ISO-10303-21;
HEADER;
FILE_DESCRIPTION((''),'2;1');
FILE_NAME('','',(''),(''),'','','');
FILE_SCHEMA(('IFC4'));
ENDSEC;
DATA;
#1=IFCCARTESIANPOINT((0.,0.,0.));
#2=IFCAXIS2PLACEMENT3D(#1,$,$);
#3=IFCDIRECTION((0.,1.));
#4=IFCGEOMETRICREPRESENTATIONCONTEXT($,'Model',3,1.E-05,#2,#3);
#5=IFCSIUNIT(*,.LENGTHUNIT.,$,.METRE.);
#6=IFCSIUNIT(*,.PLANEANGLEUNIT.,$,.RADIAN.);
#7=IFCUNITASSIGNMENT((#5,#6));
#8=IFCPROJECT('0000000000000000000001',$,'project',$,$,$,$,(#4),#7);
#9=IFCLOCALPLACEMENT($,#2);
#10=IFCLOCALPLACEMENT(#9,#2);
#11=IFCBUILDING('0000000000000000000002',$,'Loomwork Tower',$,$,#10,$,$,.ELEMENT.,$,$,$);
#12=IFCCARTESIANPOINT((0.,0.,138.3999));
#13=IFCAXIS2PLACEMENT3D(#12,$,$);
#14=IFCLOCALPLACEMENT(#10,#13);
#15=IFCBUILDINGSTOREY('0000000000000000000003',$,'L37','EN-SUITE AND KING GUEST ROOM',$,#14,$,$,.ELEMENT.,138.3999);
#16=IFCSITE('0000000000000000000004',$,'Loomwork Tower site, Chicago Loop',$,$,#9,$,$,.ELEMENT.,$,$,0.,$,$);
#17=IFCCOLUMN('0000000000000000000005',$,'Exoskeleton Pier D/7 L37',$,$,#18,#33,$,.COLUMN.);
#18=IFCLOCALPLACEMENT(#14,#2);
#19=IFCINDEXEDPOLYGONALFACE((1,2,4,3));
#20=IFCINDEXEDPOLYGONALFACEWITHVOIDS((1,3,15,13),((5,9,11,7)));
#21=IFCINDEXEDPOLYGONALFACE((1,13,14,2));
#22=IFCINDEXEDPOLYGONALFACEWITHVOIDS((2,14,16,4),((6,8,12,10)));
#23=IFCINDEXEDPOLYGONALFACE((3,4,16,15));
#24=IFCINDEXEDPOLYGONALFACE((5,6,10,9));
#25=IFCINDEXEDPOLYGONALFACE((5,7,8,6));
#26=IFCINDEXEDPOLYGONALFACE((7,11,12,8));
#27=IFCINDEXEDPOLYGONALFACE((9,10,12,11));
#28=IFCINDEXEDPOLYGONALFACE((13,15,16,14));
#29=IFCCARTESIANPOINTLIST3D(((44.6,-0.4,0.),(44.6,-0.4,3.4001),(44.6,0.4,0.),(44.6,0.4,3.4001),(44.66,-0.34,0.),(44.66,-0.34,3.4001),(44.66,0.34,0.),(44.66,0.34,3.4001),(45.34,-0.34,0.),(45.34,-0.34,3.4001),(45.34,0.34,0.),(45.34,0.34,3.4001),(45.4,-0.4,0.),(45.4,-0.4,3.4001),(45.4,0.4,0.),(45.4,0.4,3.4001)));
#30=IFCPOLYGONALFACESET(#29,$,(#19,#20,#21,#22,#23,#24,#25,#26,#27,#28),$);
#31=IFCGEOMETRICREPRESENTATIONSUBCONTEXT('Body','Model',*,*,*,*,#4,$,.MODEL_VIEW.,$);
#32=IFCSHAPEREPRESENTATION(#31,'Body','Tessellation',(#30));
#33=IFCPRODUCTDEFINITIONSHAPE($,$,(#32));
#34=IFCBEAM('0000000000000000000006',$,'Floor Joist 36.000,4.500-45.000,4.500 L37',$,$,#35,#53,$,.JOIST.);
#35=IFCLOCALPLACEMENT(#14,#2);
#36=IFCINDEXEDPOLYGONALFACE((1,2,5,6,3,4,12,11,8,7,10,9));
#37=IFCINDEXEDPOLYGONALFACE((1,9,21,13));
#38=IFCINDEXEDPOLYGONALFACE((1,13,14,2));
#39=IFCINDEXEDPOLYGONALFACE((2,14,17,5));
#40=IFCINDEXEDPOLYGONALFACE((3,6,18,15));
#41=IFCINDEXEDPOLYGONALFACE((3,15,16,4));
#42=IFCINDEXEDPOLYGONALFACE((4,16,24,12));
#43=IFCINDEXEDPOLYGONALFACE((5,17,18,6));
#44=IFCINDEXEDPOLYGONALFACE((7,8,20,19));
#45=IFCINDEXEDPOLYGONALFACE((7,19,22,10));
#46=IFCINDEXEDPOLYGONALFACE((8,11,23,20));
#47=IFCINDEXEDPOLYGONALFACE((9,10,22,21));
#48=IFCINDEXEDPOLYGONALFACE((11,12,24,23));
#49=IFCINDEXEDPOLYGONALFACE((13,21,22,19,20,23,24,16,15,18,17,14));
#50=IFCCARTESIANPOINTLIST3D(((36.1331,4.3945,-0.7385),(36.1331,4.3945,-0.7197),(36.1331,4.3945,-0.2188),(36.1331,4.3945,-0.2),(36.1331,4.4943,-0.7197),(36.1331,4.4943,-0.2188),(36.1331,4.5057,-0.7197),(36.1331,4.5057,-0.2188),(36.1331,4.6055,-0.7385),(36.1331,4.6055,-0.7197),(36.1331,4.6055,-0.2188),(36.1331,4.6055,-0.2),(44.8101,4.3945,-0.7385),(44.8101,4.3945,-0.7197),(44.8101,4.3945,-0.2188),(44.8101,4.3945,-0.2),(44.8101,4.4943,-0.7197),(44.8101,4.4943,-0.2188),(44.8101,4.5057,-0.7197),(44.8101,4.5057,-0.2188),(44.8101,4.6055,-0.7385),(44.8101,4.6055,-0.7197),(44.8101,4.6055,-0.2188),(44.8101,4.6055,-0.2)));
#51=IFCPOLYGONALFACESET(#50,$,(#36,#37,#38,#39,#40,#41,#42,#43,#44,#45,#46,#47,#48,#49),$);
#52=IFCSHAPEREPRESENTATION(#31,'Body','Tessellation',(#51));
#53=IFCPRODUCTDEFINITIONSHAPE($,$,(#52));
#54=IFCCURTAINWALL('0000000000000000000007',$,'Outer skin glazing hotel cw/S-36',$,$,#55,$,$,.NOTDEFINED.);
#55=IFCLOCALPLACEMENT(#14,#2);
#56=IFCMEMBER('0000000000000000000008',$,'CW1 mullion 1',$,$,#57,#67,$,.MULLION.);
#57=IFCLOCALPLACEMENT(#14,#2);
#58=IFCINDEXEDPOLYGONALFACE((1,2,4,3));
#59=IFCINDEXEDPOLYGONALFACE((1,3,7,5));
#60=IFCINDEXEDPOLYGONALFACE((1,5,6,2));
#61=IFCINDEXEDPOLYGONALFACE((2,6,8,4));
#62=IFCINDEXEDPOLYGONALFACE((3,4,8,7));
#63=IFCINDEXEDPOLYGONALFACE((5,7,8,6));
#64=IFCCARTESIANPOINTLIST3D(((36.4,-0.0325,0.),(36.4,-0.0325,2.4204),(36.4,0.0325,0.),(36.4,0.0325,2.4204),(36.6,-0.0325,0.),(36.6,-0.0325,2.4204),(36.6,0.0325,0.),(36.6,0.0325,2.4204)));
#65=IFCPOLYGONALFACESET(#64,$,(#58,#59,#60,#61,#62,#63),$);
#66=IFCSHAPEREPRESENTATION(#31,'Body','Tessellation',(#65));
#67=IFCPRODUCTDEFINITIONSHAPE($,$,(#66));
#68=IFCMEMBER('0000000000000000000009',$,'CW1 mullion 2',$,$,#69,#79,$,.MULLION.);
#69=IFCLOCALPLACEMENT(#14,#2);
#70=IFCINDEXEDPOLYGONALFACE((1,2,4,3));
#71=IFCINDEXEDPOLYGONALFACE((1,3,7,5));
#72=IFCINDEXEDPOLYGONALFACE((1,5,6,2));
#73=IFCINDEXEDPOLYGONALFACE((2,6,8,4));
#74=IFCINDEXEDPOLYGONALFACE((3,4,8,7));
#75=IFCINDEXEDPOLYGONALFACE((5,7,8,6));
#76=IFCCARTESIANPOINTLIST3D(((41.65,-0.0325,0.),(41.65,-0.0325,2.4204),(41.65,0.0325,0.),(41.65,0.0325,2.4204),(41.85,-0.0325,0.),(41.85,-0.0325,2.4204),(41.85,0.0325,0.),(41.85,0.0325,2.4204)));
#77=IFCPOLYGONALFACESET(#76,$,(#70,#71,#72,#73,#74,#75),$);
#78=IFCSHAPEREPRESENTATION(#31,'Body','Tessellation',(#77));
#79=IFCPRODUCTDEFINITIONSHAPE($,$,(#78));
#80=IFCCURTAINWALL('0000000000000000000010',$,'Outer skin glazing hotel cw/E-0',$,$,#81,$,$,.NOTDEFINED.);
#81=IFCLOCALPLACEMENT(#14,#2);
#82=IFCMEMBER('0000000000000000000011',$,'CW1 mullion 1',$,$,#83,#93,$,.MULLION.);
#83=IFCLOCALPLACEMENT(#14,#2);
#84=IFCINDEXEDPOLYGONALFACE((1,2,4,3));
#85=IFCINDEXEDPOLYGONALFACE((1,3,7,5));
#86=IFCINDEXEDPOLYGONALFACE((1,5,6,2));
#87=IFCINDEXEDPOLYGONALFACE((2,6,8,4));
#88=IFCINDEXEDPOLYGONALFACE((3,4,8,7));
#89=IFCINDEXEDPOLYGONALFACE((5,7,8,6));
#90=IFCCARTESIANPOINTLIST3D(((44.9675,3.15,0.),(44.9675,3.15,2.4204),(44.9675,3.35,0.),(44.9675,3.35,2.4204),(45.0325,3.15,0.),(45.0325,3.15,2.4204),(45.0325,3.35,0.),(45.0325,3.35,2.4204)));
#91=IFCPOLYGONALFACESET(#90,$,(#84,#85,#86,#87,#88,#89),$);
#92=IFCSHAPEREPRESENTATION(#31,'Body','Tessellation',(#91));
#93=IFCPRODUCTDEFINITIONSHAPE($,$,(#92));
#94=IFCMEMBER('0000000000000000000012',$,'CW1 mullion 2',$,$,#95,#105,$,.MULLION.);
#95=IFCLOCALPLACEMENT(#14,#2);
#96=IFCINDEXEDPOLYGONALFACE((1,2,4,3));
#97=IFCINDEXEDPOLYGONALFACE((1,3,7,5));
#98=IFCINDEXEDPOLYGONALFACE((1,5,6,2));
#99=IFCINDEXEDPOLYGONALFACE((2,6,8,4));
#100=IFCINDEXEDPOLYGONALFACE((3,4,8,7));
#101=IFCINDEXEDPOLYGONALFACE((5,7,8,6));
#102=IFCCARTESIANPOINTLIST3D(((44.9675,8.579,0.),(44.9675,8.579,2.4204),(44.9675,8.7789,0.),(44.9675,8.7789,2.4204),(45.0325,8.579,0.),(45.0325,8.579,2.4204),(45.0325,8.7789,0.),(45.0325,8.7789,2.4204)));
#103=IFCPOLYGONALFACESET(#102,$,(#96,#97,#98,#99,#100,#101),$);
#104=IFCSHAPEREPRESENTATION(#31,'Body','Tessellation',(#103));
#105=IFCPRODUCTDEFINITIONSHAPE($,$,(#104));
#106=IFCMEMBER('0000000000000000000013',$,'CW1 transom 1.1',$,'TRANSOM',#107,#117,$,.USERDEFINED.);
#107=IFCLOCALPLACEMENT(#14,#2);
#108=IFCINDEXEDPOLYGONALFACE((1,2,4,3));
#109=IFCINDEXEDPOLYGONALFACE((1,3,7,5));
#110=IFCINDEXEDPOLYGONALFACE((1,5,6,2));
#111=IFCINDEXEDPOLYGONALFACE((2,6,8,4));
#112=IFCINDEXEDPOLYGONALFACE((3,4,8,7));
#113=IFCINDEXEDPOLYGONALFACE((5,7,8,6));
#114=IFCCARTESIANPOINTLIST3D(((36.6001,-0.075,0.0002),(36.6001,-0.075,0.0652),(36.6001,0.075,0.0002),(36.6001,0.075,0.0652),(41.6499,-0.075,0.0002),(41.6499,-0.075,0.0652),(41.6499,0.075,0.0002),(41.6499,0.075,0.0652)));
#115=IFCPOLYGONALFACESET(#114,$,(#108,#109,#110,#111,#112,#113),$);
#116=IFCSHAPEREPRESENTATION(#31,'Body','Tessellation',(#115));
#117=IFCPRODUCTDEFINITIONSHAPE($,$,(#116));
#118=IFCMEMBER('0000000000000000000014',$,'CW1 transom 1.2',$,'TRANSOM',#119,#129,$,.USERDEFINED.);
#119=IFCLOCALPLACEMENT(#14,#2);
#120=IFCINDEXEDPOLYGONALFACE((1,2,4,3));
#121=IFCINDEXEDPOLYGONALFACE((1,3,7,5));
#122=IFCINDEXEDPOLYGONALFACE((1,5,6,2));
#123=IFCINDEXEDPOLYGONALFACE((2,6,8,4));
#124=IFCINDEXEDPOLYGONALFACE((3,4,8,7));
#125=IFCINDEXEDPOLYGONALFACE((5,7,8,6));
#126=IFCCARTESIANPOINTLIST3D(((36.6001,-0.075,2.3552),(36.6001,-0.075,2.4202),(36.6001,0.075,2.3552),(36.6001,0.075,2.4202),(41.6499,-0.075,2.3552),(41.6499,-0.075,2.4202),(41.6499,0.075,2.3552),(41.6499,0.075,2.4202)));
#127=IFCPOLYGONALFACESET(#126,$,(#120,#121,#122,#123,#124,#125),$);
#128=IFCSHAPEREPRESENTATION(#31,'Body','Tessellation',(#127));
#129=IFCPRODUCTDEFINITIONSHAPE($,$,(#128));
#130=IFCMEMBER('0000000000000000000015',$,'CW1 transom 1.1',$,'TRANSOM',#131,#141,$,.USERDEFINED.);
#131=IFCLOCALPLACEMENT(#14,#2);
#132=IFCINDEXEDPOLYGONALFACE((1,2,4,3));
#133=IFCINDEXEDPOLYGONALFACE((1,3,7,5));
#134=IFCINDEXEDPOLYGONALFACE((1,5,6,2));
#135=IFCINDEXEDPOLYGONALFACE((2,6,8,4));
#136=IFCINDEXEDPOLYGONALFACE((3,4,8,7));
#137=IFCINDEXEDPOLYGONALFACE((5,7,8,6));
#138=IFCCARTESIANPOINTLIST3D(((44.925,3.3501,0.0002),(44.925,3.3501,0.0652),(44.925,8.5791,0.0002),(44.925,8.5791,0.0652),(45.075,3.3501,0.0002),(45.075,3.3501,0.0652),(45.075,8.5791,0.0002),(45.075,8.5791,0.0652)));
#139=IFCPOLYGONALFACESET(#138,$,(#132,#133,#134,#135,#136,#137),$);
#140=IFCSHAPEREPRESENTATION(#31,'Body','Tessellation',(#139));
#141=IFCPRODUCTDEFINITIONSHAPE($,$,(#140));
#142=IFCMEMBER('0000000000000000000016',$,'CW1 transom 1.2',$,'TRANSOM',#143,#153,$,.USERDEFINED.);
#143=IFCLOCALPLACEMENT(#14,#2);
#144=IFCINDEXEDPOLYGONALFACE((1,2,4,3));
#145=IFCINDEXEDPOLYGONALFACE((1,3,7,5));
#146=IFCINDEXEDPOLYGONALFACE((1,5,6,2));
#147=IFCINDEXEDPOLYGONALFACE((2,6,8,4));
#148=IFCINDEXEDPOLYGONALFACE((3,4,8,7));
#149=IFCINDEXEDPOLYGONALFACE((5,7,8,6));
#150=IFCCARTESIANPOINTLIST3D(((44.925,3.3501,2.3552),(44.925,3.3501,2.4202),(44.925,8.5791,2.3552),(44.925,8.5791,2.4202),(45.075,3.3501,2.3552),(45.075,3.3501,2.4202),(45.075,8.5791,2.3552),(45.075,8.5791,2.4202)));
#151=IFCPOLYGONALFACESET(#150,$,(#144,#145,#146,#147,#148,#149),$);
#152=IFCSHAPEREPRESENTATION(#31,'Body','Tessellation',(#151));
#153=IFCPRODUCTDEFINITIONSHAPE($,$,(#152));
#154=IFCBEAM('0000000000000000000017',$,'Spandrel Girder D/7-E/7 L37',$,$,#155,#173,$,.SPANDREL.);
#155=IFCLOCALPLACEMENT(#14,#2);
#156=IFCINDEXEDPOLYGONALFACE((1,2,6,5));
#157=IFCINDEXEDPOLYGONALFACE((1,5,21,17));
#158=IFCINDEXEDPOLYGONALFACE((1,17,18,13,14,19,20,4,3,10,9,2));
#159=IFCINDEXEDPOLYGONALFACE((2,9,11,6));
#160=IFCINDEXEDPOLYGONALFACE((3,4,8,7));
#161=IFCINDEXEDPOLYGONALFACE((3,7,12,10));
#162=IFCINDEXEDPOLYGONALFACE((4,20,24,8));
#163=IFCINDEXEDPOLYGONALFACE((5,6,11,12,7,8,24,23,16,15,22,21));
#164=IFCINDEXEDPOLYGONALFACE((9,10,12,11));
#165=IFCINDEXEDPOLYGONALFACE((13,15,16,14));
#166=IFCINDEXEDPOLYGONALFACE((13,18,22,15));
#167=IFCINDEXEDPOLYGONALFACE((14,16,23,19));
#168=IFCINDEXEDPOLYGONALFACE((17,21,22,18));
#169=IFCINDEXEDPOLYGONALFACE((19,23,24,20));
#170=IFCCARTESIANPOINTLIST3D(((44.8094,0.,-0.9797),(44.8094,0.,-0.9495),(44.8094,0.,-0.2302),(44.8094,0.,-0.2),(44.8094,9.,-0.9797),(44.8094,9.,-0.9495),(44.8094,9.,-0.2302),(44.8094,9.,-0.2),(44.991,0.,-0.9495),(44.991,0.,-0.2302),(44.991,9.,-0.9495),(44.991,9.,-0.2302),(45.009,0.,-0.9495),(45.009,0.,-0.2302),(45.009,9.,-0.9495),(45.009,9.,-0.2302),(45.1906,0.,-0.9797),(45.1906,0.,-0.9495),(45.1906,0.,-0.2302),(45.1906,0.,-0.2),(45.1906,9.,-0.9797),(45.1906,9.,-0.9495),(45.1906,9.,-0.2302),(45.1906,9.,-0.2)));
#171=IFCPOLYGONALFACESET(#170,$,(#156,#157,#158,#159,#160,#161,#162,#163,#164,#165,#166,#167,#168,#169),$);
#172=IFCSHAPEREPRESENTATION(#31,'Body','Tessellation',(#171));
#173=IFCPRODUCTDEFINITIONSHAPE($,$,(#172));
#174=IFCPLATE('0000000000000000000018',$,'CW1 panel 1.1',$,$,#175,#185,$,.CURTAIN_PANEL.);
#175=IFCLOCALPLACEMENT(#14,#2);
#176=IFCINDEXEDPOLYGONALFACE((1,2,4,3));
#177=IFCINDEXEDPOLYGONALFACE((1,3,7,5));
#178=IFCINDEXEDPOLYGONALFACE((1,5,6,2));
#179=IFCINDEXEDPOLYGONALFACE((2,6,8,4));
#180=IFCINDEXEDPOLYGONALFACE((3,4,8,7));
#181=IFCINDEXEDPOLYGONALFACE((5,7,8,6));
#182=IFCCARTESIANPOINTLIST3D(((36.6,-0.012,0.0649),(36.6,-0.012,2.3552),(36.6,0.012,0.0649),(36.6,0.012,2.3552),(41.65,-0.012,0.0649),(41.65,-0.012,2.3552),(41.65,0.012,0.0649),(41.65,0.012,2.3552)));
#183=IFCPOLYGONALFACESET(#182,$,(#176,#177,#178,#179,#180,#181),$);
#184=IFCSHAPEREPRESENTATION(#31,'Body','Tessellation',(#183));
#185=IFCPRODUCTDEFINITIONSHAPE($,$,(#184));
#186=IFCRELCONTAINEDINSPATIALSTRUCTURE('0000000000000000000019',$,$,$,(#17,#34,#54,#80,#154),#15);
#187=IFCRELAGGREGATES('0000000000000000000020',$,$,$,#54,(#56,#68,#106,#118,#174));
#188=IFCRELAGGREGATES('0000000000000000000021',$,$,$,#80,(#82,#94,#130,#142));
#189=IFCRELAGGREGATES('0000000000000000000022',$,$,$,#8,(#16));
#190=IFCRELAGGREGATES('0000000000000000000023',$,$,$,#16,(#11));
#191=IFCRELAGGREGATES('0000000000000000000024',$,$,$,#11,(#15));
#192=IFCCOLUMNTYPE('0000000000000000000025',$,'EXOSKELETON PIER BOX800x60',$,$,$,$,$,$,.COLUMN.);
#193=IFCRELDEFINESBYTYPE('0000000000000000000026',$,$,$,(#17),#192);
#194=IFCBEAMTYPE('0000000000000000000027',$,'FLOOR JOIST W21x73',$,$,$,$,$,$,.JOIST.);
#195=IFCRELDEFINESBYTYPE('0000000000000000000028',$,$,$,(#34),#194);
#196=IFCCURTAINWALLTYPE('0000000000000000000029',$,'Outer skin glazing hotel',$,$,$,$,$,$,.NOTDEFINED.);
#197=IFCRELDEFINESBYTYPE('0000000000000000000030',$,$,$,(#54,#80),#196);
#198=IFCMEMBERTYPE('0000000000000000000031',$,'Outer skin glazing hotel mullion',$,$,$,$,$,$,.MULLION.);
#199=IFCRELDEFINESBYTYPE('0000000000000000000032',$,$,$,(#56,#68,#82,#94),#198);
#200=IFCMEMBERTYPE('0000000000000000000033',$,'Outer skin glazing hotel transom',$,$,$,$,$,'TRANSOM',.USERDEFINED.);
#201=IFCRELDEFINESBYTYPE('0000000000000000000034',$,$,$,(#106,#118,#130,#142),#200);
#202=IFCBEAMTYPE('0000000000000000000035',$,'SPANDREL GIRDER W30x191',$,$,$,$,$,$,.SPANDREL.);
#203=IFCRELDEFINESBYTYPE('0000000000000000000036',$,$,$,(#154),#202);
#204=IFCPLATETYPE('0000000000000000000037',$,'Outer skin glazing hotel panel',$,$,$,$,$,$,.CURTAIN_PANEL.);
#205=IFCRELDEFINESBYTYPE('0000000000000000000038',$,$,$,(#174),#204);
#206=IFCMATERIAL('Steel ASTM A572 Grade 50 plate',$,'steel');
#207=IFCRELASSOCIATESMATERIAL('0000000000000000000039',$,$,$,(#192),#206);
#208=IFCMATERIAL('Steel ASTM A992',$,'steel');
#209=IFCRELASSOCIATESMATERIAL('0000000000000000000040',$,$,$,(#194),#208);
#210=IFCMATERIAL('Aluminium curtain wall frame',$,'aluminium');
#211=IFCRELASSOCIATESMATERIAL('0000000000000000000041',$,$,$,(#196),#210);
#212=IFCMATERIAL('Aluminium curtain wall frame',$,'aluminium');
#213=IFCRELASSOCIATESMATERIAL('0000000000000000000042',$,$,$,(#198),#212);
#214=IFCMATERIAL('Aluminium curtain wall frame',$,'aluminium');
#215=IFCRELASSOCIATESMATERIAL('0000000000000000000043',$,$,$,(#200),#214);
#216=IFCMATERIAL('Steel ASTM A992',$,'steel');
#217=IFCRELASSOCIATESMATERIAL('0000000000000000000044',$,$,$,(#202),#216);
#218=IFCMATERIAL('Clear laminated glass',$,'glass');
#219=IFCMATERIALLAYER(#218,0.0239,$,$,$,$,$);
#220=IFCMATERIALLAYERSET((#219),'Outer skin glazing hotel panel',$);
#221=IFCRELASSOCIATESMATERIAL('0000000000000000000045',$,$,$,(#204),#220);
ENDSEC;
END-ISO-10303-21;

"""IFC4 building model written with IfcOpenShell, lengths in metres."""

from ifc_helpers import new_model, si_unit, direction, frame, origin, origin_2d, place, context, subcontext, project, spatial, rectangle, hollow_rectangle, i_section, extrude, material, layer, layer_set, material_profile, profile_set, type_object, element, aggregate, save


model = new_model("IFC4")

# Units and contexts
model_context = context("Model", 3, precision=1e-05, world=origin(), true_north=direction((0.0, 1.0)))
body_context = subcontext(model_context, "Body", "Model", "MODEL_VIEW")
ifc_project = project(units=[si_unit("LENGTHUNIT", "METRE"), si_unit("PLANEANGLEUNIT", "RADIAN")], contexts=[model_context])

# Site, building, storey
site_placement = place(None, origin())
site = spatial("IfcSite", under=ifc_project, at=site_placement, Name="Loomwork Tower site, Chicago Loop", CompositionType="ELEMENT", RefElevation=0.0)
building_placement = place(site_placement, origin())
building = spatial("IfcBuilding", under=site, at=building_placement, Name="Loomwork Tower", CompositionType="ELEMENT")
storey_placement = place(building_placement, frame((0.0, 0.0, 138.3999)))
storey = spatial("IfcBuildingStorey", under=building, at=storey_placement, Name="L37", Description="EN-SUITE AND KING GUEST ROOM", CompositionType="ELEMENT", Elevation=138.3999)

# Column
ifc_material_1 = material(Name="Steel ASTM A572 Grade 50 plate", Category="steel")
ifc_material_profile_1 = material_profile(ifc_material_1, hollow_rectangle(XDim=0.8, YDim=0.8, WallThickness=0.0601, at=origin_2d()), Name="BOX800x60")
ifc_profile_set_1 = profile_set([ifc_material_profile_1], Name="Steel ASTM A572 Grade 50 plate")
column_type = type_object("IfcColumnType", Name="EXOSKELETON PIER BOX800x60", PredefinedType="COLUMN", material=ifc_profile_set_1)
column_placement = place(storey_placement, frame((45.0, 0.0, 0.0), z_axis=(0.0, 0.0, 1.0), x_axis=(1.0, 0.0, 0.0)))
element("IfcColumn", 1, at=column_placement, inside=storey, type_object=column_type, Name="Exoskeleton Pier D/7 L37", PredefinedType="COLUMN", context=body_context, shape_type="SweptSolid", body=[
    extrude(hollow_rectangle(XDim=0.8, YDim=0.8, WallThickness=0.0601, at=origin_2d()), origin(), (0.0, 0.0, 1.0), 3.4001),
])

# Beam
ifc_material_2 = material(Name="Steel ASTM A992", Category="steel")
ifc_material_profile_2 = material_profile(ifc_material_2, i_section(OverallWidth=0.2109, OverallDepth=0.5386, WebThickness=0.0115, FlangeThickness=0.0188, at=origin_2d()), Name="W21x73")
ifc_profile_set_2 = profile_set([ifc_material_profile_2], Name="Steel ASTM A992")
beam_type_1 = type_object("IfcBeamType", Name="FLOOR JOIST W21x73", PredefinedType="JOIST", material=ifc_profile_set_2)
beam_1_placement = place(storey_placement, frame((36.1331, 4.5, -0.4692), z_axis=(1.0, 0.0, 0.0), x_axis=(0.0, 1.0, 0.0)))
element("IfcBeam", 2, at=beam_1_placement, inside=storey, type_object=beam_type_1, Name="Floor Joist 36.000,4.500-45.000,4.500 L37", PredefinedType="JOIST", context=body_context, shape_type="SweptSolid", body=[
    extrude(i_section(OverallWidth=0.2109, OverallDepth=0.5386, WebThickness=0.0115, FlangeThickness=0.0188, at=origin_2d()), origin(), (0.0, 0.0, 1.0), 8.677),
])

# Curtain walls, members
ifc_material_3 = material(Name="Aluminium curtain wall frame", Category="aluminium")
curtain_wall_type = type_object("IfcCurtainWallType", Name="Outer skin glazing hotel", PredefinedType="NOTDEFINED", material=ifc_material_3)
curtain_wall_1_placement = place(storey_placement, origin())
curtain_wall_1 = element("IfcCurtainWall", 3, at=curtain_wall_1_placement, inside=storey, type_object=curtain_wall_type, Name="Outer skin glazing hotel cw/S-36", PredefinedType="NOTDEFINED")
ifc_material_4 = material(Name="Aluminium curtain wall frame", Category="aluminium")
ifc_material_profile_3 = material_profile(ifc_material_4, rectangle(XDim=0.0649, YDim=0.2, at=origin_2d()), Name="AL 65x200")
ifc_profile_set_3 = profile_set([ifc_material_profile_3], Name="Aluminium curtain wall frame")
member_type_1 = type_object("IfcMemberType", Name="Outer skin glazing hotel mullion", PredefinedType="MULLION", material=ifc_profile_set_3)
member_1_placement = place(storey_placement, frame((36.5, 0.0, 0.0), z_axis=(0.0, 0.0, 1.0), x_axis=(0.0, 1.0, 0.0)))
member_1 = element("IfcMember", 4, at=member_1_placement, type_object=member_type_1, Name="CW1 mullion 1", PredefinedType="MULLION", context=body_context, shape_type="SweptSolid", body=[
    extrude(rectangle(XDim=0.0649, YDim=0.2, at=origin_2d()), origin(), (0.0, 0.0, 1.0), 2.4204),
])
member_2_placement = place(storey_placement, frame((41.75, 0.0, 0.0), z_axis=(0.0, 0.0, 1.0), x_axis=(0.0, 1.0, 0.0)))
member_2 = element("IfcMember", 5, at=member_2_placement, type_object=member_type_1, Name="CW1 mullion 2", PredefinedType="MULLION", context=body_context, shape_type="SweptSolid", body=[
    extrude(rectangle(XDim=0.0649, YDim=0.2, at=origin_2d()), origin(), (0.0, 0.0, 1.0), 2.4204),
])
curtain_wall_2_placement = place(storey_placement, origin())
curtain_wall_2 = element("IfcCurtainWall", 6, at=curtain_wall_2_placement, inside=storey, type_object=curtain_wall_type, Name="Outer skin glazing hotel cw/E-0", PredefinedType="NOTDEFINED")
member_3_placement = place(storey_placement, frame((45.0, 3.25, 0.0), z_axis=(0.0, 0.0, 1.0), x_axis=(-1.0, 0.0, 0.0)))
member_3 = element("IfcMember", 7, at=member_3_placement, type_object=member_type_1, Name="CW1 mullion 1", PredefinedType="MULLION", context=body_context, shape_type="SweptSolid", body=[
    extrude(rectangle(XDim=0.0649, YDim=0.2, at=origin_2d()), origin(), (0.0, 0.0, 1.0), 2.4204),
])
member_4_placement = place(storey_placement, frame((45.0, 8.679, 0.0), z_axis=(0.0, 0.0, 1.0), x_axis=(-1.0, 0.0, 0.0)))
member_4 = element("IfcMember", 8, at=member_4_placement, type_object=member_type_1, Name="CW1 mullion 2", PredefinedType="MULLION", context=body_context, shape_type="SweptSolid", body=[
    extrude(rectangle(XDim=0.0649, YDim=0.2, at=origin_2d()), origin(), (0.0, 0.0, 1.0), 2.4204),
])

# Members
ifc_material_5 = material(Name="Aluminium curtain wall frame", Category="aluminium")
ifc_material_profile_4 = material_profile(ifc_material_5, rectangle(XDim=0.1499, YDim=0.0649, at=origin_2d()), Name="AL 65x150")
ifc_profile_set_4 = profile_set([ifc_material_profile_4], Name="Aluminium curtain wall frame")
member_type_2 = type_object("IfcMemberType", Name="Outer skin glazing hotel transom", ElementType="TRANSOM", PredefinedType="USERDEFINED", material=ifc_profile_set_4)
member_5_placement = place(storey_placement, frame((36.6001, 0.0, 0.0327), z_axis=(1.0, 0.0, 0.0), x_axis=(0.0, 1.0, 0.0)))
member_5 = element("IfcMember", 9, at=member_5_placement, type_object=member_type_2, Name="CW1 transom 1.1", ObjectType="TRANSOM", PredefinedType="USERDEFINED", context=body_context, shape_type="SweptSolid", body=[
    extrude(rectangle(XDim=0.1499, YDim=0.0649, at=origin_2d()), origin(), (0.0, 0.0, 1.0), 5.0498),
])
member_6_placement = place(storey_placement, frame((36.6001, 0.0, 2.3877), z_axis=(1.0, 0.0, 0.0), x_axis=(0.0, 1.0, 0.0)))
member_6 = element("IfcMember", 10, at=member_6_placement, type_object=member_type_2, Name="CW1 transom 1.2", ObjectType="TRANSOM", PredefinedType="USERDEFINED", context=body_context, shape_type="SweptSolid", body=[
    extrude(rectangle(XDim=0.1499, YDim=0.0649, at=origin_2d()), origin(), (0.0, 0.0, 1.0), 5.0498),
])
member_7_placement = place(storey_placement, frame((45.0, 3.3501, 0.0327), z_axis=(0.0, 1.0, 0.0), x_axis=(-1.0, 0.0, 0.0)))
member_7 = element("IfcMember", 11, at=member_7_placement, type_object=member_type_2, Name="CW1 transom 1.1", ObjectType="TRANSOM", PredefinedType="USERDEFINED", context=body_context, shape_type="SweptSolid", body=[
    extrude(rectangle(XDim=0.1499, YDim=0.0649, at=origin_2d()), origin(), (0.0, 0.0, 1.0), 5.229),
])
member_8_placement = place(storey_placement, frame((45.0, 3.3501, 2.3877), z_axis=(0.0, 1.0, 0.0), x_axis=(-1.0, 0.0, 0.0)))
member_8 = element("IfcMember", 12, at=member_8_placement, type_object=member_type_2, Name="CW1 transom 1.2", ObjectType="TRANSOM", PredefinedType="USERDEFINED", context=body_context, shape_type="SweptSolid", body=[
    extrude(rectangle(XDim=0.1499, YDim=0.0649, at=origin_2d()), origin(), (0.0, 0.0, 1.0), 5.229),
])

# Beam
ifc_material_6 = material(Name="Steel ASTM A992", Category="steel")
ifc_material_profile_5 = material_profile(ifc_material_6, i_section(OverallWidth=0.3811, OverallDepth=0.7798, WebThickness=0.0181, FlangeThickness=0.0303, at=origin_2d()), Name="W30x191")
ifc_profile_set_5 = profile_set([ifc_material_profile_5], Name="Steel ASTM A992")
beam_type_2 = type_object("IfcBeamType", Name="SPANDREL GIRDER W30x191", PredefinedType="SPANDREL", material=ifc_profile_set_5)
beam_2_placement = place(storey_placement, frame((45.0, 0.0, -0.5898), z_axis=(0.0, 1.0, 0.0), x_axis=(-1.0, 0.0, 0.0)))
element("IfcBeam", 13, at=beam_2_placement, inside=storey, type_object=beam_type_2, Name="Spandrel Girder D/7-E/7 L37", PredefinedType="SPANDREL", context=body_context, shape_type="SweptSolid", body=[
    extrude(i_section(OverallWidth=0.3811, OverallDepth=0.7798, WebThickness=0.0181, FlangeThickness=0.0303, at=origin_2d()), origin(), (0.0, 0.0, 1.0), 9.0),
])

# Plate
ifc_material_7 = material(Name="Clear laminated glass", Category="glass")
ifc_layer_1 = layer(ifc_material_7, 0.0239)
ifc_layer_set_1 = layer_set([ifc_layer_1], Name="Outer skin glazing hotel panel")
plate_type = type_object("IfcPlateType", Name="Outer skin glazing hotel panel", PredefinedType="CURTAIN_PANEL", material=ifc_layer_set_1)
plate_1_placement = place(storey_placement, frame((39.125, 0.0, 0.0649), z_axis=(0.0, 0.0, 1.0), x_axis=(1.0, 0.0, 0.0)))
plate_1 = element("IfcPlate", 14, at=plate_1_placement, type_object=plate_type, Name="CW1 panel 1.1", PredefinedType="CURTAIN_PANEL", context=body_context, shape_type="SweptSolid", body=[
    extrude(rectangle(XDim=5.05, YDim=0.0239, at=origin_2d()), origin(), (0.0, 0.0, 1.0), 2.2903),
])
aggregate(curtain_wall_1, [member_1, member_2, member_5, member_6, plate_1])
aggregate(curtain_wall_2, [member_3, member_4, member_7, member_8])

save(model, "model.ifc")
